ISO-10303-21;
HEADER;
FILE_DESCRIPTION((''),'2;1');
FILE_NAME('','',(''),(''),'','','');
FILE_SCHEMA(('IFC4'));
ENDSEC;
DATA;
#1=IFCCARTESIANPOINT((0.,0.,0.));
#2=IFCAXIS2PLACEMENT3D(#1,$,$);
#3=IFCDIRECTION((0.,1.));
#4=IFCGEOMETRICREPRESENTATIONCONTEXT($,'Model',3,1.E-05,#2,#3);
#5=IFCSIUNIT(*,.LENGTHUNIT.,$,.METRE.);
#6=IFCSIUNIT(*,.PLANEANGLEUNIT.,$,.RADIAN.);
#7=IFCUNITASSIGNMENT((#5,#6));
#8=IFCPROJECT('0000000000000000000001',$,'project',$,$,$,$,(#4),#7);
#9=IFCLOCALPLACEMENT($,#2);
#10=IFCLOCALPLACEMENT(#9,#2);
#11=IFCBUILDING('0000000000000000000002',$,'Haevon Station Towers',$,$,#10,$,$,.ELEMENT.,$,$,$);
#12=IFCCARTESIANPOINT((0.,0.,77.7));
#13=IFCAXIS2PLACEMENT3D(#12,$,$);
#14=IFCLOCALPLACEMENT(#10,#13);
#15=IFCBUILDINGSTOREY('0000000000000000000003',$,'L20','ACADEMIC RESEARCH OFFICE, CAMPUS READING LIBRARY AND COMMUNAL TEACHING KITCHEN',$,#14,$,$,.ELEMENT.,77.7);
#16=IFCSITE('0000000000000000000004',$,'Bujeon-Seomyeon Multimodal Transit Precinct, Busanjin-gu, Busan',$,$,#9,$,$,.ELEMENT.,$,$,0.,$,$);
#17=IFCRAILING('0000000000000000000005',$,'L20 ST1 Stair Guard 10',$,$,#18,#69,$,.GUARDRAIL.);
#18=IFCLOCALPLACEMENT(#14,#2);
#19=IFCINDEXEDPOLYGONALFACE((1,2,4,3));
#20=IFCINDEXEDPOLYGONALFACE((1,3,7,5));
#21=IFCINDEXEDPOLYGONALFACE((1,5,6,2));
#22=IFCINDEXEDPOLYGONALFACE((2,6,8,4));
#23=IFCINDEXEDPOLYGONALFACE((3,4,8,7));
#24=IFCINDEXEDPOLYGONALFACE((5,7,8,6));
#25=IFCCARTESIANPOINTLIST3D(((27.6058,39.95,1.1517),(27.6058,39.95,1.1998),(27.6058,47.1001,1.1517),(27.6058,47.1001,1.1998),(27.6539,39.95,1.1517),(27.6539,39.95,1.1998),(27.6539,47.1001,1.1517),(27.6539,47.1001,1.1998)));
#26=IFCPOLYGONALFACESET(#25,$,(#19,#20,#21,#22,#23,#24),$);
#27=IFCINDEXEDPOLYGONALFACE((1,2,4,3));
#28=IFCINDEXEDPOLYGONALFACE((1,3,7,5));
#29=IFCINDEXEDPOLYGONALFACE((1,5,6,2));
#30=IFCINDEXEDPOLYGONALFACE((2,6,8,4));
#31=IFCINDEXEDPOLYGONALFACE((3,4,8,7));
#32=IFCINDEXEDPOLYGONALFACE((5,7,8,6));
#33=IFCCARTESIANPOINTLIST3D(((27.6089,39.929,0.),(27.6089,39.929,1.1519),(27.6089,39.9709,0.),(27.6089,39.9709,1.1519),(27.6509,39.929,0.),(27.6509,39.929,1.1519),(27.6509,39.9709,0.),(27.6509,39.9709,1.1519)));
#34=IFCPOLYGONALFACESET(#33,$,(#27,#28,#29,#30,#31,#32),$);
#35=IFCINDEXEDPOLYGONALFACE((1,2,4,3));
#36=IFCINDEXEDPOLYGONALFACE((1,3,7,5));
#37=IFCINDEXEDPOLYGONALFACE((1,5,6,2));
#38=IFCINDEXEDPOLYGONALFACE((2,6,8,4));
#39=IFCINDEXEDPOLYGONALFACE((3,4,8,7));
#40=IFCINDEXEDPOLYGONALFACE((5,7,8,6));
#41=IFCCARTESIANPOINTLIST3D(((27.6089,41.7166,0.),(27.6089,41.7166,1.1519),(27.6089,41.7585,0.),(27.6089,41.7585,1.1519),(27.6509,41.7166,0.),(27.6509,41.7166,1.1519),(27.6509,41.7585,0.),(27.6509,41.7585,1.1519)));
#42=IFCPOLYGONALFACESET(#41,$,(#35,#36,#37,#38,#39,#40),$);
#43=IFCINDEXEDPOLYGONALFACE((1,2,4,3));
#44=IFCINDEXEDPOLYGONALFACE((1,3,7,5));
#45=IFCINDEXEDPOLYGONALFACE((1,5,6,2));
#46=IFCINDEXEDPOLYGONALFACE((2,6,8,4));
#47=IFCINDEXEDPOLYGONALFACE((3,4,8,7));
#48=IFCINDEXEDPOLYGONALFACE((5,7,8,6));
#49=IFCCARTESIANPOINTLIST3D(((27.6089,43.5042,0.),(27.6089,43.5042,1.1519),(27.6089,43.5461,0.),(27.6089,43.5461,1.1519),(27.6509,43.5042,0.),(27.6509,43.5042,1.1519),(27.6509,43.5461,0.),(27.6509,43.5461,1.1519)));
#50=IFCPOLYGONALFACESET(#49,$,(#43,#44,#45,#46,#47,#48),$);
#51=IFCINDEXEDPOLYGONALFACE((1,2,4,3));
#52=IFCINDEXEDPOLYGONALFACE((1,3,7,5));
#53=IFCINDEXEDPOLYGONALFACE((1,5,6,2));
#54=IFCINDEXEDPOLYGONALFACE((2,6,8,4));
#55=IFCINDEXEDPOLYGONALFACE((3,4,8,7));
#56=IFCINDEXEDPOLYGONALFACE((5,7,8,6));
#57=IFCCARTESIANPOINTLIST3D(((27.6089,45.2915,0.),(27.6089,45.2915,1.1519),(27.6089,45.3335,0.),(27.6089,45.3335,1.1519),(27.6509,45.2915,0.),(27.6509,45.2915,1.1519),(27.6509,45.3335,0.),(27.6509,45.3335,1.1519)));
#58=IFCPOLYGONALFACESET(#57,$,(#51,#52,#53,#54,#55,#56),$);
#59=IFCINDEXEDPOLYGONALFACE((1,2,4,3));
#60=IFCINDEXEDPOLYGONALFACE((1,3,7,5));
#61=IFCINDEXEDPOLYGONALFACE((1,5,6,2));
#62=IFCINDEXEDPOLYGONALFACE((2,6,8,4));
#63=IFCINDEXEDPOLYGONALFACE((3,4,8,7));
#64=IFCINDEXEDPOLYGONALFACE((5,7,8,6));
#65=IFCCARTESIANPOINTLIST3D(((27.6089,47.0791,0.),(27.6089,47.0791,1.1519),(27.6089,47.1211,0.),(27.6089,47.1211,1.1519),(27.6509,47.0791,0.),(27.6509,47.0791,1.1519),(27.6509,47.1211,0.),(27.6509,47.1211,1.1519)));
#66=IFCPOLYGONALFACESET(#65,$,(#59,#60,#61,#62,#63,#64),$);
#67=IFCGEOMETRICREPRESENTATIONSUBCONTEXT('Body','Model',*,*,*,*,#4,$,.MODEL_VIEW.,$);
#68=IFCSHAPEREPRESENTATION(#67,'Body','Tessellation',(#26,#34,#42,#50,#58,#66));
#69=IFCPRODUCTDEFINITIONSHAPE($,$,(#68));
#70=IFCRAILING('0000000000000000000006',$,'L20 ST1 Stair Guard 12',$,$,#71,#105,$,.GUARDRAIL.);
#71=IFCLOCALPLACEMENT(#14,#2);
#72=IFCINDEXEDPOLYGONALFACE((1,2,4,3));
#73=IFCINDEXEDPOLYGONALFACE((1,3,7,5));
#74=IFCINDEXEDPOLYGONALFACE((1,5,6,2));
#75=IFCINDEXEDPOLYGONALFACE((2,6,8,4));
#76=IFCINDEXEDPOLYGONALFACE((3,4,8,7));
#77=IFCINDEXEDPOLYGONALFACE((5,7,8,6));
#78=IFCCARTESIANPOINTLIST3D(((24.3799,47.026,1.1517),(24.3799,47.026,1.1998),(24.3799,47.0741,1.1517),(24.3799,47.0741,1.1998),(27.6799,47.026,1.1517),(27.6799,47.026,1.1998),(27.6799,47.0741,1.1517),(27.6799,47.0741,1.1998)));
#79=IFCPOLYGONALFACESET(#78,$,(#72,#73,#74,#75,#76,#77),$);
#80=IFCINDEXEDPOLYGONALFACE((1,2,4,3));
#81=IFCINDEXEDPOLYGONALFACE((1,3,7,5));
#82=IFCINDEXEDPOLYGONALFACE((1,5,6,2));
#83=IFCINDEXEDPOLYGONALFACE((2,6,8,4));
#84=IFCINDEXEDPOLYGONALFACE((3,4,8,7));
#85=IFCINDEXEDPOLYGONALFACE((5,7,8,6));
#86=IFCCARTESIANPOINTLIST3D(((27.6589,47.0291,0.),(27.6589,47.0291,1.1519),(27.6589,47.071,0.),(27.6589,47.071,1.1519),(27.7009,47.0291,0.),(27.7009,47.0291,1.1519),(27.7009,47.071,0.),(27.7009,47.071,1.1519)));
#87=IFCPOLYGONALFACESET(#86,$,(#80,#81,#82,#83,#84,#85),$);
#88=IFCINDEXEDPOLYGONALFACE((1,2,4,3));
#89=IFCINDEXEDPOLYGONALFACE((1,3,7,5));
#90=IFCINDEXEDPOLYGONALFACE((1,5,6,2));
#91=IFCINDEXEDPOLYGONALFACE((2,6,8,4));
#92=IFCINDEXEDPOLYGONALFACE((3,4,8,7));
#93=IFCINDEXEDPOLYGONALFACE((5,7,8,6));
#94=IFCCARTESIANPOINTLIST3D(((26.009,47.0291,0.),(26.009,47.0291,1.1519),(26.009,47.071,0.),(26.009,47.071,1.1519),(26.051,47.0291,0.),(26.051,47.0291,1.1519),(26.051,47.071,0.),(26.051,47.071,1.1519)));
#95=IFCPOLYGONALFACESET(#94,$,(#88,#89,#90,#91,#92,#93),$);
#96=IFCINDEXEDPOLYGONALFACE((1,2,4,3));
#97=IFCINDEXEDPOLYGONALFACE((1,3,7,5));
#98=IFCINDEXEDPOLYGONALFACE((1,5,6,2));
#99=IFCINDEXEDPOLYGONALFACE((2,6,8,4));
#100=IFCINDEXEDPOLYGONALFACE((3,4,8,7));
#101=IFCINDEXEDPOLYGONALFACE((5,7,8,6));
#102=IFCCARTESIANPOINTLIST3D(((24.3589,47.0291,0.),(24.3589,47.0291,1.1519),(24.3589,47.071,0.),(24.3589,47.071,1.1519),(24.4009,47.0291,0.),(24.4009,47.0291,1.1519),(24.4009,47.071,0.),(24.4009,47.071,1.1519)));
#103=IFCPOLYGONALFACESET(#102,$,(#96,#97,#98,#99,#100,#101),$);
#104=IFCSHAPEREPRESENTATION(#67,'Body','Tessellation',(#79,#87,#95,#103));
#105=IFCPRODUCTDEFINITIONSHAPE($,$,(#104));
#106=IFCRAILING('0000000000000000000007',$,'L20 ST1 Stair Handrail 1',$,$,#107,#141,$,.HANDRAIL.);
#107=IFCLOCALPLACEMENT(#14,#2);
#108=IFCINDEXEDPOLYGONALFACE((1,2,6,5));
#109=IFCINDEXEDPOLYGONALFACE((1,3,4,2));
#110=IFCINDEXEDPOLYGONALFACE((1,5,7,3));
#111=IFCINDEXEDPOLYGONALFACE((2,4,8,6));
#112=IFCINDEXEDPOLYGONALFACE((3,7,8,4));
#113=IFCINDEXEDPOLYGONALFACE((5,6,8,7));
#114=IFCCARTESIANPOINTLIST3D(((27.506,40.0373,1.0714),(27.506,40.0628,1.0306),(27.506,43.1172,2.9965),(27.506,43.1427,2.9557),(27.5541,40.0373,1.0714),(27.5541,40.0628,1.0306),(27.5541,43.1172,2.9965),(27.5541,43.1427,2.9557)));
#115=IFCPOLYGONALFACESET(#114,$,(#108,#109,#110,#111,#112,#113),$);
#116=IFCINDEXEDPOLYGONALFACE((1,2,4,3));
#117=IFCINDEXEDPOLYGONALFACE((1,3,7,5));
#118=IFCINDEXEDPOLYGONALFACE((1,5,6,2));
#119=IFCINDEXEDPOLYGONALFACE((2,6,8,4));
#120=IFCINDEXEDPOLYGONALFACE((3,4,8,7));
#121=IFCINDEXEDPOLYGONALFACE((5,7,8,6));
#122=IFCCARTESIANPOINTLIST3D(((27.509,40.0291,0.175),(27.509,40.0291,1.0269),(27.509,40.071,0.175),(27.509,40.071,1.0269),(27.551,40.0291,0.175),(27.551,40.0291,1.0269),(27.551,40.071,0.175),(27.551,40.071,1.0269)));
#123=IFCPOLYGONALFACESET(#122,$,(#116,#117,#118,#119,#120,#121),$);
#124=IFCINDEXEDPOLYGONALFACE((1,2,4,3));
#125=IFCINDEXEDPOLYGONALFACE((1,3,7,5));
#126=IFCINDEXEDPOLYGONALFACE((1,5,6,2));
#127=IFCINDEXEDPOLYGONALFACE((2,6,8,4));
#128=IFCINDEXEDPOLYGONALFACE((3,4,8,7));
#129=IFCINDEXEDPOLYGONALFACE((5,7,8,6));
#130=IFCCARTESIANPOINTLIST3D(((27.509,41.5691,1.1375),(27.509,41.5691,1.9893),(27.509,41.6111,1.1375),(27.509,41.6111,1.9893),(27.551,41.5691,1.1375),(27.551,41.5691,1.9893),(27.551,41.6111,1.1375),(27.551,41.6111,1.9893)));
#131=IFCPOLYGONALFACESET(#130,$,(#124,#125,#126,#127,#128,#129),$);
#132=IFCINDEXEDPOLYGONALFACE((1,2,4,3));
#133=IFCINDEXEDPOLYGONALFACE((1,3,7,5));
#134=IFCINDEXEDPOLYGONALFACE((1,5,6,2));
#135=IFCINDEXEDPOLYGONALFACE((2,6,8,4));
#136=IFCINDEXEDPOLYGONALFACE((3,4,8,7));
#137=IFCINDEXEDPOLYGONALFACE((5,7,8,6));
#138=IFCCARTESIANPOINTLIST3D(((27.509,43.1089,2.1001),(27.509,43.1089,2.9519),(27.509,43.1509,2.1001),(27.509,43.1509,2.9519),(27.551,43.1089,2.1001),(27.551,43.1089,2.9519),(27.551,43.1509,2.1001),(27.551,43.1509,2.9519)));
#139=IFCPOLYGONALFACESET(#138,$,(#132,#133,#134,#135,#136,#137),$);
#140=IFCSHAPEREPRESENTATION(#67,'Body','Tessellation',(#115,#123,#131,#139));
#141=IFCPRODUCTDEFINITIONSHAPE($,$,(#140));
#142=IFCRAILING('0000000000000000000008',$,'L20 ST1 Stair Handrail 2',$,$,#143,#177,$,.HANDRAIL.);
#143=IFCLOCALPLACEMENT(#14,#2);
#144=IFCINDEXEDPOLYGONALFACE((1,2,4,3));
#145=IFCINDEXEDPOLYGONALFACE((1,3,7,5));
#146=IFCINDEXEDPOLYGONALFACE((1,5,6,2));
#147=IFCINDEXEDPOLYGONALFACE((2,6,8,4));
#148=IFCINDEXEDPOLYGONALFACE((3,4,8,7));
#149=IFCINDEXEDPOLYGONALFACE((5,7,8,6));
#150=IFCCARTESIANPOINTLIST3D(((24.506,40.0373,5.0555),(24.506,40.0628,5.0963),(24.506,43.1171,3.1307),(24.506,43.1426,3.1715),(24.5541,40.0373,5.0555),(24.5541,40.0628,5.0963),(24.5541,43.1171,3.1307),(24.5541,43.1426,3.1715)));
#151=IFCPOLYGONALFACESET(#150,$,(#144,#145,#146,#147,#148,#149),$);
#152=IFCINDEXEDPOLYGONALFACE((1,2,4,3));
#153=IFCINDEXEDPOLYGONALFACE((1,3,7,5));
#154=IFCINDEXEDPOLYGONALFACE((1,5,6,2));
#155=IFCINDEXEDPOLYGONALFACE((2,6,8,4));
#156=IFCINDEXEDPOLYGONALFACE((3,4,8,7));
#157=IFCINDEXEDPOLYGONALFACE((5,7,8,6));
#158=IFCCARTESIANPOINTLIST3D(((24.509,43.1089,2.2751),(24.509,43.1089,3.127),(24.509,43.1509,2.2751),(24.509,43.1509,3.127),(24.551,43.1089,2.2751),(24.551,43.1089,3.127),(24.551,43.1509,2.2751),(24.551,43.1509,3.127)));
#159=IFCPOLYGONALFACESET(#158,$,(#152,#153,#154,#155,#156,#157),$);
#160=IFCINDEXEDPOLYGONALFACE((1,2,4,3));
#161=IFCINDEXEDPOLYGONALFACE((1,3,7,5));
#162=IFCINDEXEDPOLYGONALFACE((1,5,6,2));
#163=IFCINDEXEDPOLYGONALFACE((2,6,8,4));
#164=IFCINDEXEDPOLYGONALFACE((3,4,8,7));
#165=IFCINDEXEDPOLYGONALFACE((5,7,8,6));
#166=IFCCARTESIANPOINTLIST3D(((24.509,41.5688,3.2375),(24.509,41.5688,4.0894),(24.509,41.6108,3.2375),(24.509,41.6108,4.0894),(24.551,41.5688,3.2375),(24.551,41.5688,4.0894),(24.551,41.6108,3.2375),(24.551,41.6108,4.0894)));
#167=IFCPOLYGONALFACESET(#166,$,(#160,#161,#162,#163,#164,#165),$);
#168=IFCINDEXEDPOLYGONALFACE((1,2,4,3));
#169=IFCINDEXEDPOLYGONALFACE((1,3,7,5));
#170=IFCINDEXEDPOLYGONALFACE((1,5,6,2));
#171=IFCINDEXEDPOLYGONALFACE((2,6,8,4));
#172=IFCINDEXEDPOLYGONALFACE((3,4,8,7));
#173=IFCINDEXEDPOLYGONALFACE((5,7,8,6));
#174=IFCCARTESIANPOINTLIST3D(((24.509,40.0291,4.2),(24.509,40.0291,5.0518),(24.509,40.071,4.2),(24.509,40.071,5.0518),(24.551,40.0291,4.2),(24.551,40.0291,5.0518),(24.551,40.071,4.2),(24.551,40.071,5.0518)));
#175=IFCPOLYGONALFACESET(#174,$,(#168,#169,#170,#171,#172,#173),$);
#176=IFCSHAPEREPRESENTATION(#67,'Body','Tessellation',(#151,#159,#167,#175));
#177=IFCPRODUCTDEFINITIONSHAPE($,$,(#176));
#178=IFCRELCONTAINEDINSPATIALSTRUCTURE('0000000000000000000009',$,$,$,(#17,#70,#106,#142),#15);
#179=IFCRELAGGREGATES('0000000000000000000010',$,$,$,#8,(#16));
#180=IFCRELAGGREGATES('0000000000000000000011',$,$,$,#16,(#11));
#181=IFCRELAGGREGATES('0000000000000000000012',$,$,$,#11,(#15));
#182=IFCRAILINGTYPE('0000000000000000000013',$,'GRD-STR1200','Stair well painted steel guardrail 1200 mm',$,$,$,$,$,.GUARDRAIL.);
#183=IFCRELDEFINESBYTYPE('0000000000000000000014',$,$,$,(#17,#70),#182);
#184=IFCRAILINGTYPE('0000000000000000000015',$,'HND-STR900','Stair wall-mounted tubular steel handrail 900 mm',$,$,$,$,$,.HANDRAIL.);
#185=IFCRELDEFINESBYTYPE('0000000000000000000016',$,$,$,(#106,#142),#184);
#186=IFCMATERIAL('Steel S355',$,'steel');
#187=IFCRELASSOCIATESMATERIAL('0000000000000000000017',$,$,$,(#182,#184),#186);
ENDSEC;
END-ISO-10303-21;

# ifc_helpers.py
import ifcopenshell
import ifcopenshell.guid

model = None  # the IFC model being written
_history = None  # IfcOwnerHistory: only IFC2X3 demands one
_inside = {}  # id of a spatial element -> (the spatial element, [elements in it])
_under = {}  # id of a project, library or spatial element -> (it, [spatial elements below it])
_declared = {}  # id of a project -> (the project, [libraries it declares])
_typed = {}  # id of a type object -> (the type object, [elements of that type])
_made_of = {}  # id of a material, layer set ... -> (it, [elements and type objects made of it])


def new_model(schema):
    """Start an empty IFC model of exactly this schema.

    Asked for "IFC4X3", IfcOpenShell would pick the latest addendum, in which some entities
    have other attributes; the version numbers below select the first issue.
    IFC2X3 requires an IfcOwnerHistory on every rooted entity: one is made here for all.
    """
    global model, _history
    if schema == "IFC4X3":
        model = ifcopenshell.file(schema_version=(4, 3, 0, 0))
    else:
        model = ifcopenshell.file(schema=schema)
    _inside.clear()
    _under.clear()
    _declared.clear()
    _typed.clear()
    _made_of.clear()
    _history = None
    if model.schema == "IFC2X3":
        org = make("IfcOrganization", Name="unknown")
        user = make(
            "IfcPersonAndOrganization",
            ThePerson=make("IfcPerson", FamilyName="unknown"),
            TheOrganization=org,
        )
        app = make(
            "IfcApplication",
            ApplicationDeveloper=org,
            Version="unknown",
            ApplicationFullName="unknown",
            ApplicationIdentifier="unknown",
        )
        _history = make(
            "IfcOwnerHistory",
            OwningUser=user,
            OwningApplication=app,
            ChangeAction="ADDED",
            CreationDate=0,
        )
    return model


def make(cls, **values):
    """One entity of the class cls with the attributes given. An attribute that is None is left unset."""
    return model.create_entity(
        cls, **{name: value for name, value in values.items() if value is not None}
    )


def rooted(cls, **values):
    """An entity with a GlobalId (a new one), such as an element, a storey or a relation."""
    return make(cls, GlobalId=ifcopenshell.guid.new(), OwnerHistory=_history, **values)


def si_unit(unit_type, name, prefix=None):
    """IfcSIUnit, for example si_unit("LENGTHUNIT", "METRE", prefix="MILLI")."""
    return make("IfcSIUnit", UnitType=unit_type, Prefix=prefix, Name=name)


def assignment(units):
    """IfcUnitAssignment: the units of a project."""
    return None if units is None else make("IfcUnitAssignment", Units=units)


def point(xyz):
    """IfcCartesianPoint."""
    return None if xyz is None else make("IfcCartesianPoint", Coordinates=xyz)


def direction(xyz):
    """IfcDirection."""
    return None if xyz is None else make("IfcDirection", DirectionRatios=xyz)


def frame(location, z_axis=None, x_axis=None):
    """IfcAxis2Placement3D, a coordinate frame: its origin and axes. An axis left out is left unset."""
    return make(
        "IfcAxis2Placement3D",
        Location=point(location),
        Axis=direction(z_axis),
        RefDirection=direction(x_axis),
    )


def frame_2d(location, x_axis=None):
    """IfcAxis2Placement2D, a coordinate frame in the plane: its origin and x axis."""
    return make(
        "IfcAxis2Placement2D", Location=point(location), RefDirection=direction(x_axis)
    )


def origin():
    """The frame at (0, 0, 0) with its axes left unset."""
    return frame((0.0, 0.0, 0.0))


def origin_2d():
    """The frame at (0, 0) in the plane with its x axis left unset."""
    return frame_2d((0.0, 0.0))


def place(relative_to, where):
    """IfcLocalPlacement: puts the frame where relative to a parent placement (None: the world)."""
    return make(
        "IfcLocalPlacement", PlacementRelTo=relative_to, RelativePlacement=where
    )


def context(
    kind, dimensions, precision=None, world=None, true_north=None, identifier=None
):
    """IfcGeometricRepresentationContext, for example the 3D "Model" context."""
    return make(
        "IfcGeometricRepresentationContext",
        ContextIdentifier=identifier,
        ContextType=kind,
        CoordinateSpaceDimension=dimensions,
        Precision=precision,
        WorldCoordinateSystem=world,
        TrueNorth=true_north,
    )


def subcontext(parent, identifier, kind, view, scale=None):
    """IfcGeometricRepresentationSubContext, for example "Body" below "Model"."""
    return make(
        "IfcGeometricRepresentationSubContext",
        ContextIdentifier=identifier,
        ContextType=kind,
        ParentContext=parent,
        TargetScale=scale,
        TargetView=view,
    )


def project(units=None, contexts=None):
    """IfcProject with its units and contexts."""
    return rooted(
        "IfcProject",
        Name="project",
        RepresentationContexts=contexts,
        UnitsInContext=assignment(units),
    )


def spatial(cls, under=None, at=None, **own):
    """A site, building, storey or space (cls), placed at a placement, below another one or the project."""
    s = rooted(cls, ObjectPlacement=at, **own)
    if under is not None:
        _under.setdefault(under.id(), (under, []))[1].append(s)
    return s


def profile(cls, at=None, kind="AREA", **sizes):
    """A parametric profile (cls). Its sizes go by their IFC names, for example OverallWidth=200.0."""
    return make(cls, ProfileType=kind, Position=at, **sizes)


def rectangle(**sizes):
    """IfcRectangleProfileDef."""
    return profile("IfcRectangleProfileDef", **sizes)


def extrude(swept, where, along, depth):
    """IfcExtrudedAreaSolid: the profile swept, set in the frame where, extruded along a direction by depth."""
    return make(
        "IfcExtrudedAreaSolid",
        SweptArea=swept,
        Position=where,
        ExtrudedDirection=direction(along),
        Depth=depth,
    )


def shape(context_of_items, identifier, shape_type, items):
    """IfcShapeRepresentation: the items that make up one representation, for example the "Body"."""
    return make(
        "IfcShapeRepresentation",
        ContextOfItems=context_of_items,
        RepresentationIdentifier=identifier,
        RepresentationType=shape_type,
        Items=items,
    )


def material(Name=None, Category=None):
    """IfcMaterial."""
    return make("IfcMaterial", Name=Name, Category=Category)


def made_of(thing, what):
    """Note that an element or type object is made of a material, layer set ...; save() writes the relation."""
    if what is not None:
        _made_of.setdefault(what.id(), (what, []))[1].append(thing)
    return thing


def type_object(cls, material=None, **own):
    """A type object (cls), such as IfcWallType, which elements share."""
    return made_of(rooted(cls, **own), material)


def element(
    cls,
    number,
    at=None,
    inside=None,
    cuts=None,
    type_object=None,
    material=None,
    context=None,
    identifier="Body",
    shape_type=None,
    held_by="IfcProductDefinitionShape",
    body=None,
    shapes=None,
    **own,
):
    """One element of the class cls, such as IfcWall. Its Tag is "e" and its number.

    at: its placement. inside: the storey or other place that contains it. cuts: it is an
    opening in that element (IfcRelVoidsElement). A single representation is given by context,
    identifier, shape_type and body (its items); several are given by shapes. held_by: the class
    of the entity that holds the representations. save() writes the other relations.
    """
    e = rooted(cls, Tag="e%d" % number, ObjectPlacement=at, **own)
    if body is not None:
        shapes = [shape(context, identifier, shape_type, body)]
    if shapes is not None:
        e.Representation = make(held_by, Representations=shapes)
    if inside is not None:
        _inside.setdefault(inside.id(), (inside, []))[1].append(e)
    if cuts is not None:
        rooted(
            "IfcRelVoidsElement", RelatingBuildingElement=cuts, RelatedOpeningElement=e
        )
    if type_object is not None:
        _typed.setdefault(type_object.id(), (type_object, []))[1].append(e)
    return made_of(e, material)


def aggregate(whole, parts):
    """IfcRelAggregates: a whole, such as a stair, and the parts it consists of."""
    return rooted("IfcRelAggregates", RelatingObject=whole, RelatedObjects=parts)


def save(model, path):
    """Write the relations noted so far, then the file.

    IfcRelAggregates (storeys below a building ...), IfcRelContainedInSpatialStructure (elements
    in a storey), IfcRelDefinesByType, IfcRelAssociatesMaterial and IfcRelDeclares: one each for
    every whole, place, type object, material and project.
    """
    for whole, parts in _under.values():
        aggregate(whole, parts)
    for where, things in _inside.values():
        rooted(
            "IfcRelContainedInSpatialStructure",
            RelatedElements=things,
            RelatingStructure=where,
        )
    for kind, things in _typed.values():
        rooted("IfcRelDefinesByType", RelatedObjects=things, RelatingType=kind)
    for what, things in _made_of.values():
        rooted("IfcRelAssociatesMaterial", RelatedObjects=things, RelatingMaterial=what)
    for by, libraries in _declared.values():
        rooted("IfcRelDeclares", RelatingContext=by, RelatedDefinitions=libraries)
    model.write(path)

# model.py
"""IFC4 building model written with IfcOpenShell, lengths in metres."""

from ifc_helpers import new_model, si_unit, direction, frame, origin, origin_2d, place, context, subcontext, project, spatial, rectangle, extrude, material, type_object, element, save


model = new_model("IFC4")

# Units and contexts
model_context = context("Model", 3, precision=1e-05, world=origin(), true_north=direction((0.0, 1.0)))
body_context = subcontext(model_context, "Body", "Model", "MODEL_VIEW")
ifc_project = project(units=[si_unit("LENGTHUNIT", "METRE"), si_unit("PLANEANGLEUNIT", "RADIAN")], contexts=[model_context])

# Site, building, storey
site_placement = place(None, origin())
site = spatial("IfcSite", under=ifc_project, at=site_placement, Name="Bujeon-Seomyeon Multimodal Transit Precinct, Busanjin-gu, Busan", CompositionType="ELEMENT", RefElevation=0.0)
building_placement = place(site_placement, origin())
building = spatial("IfcBuilding", under=site, at=building_placement, Name="Haevon Station Towers", CompositionType="ELEMENT")
storey_placement = place(building_placement, frame((0.0, 0.0, 77.7)))
storey = spatial("IfcBuildingStorey", under=building, at=storey_placement, Name="L20", Description="ACADEMIC RESEARCH OFFICE, CAMPUS READING LIBRARY AND COMMUNAL TEACHING KITCHEN", CompositionType="ELEMENT", Elevation=77.7)

# Shared definitions
ifc_material_1 = material(Name="Steel S355", Category="steel")

# Railings
railing_type_1 = type_object("IfcRailingType", Name="GRD-STR1200", Description="Stair well painted steel guardrail 1200 mm", PredefinedType="GUARDRAIL", material=ifc_material_1)
railing_1_placement = place(storey_placement, frame((27.6299, 39.95, 0.0)))
element("IfcRailing", 1, at=railing_1_placement, inside=storey, type_object=railing_type_1, Name="L20 ST1 Stair Guard 10", PredefinedType="GUARDRAIL", context=body_context, shape_type="SweptSolid", body=[
    extrude(rectangle(XDim=0.0481, YDim=0.0481, at=origin_2d()), frame((0.0, 0.0, 1.1758), z_axis=(0.0, 1.0, 0.0), x_axis=(-1.0, 0.0, 0.0)), (0.0, 0.0, 1.0), 7.1501),
    extrude(rectangle(XDim=0.042, YDim=0.042, at=origin_2d()), origin(), (0.0, 0.0, 1.0), 1.1519),
    extrude(rectangle(XDim=0.042, YDim=0.042, at=origin_2d()), frame((0.0, 1.7876, 0.0)), (0.0, 0.0, 1.0), 1.1519),
    extrude(rectangle(XDim=0.042, YDim=0.042, at=origin_2d()), frame((0.0, 3.5752, 0.0)), (0.0, 0.0, 1.0), 1.1519),
    extrude(rectangle(XDim=0.042, YDim=0.042, at=origin_2d()), frame((0.0, 5.3625, 0.0)), (0.0, 0.0, 1.0), 1.1519),
    extrude(rectangle(XDim=0.042, YDim=0.042, at=origin_2d()), frame((0.0, 7.1501, 0.0)), (0.0, 0.0, 1.0), 1.1519),
])
railing_2_placement = place(storey_placement, frame((27.6799, 47.05, 0.0)))
element("IfcRailing", 2, at=railing_2_placement, inside=storey, type_object=railing_type_1, Name="L20 ST1 Stair Guard 12", PredefinedType="GUARDRAIL", context=body_context, shape_type="SweptSolid", body=[
    extrude(rectangle(XDim=0.0481, YDim=0.0481, at=origin_2d()), frame((0.0, 0.0, 1.1758), z_axis=(-1.0, 0.0, 0.0), x_axis=(0.0, -1.0, 0.0)), (0.0, 0.0, 1.0), 3.3),
    extrude(rectangle(XDim=0.042, YDim=0.042, at=origin_2d()), origin(), (0.0, 0.0, 1.0), 1.1519),
    extrude(rectangle(XDim=0.042, YDim=0.042, at=origin_2d()), frame((-1.6499, 0.0, 0.0)), (0.0, 0.0, 1.0), 1.1519),
    extrude(rectangle(XDim=0.042, YDim=0.042, at=origin_2d()), frame((-3.3, 0.0, 0.0)), (0.0, 0.0, 1.0), 1.1519),
])
railing_type_2 = type_object("IfcRailingType", Name="HND-STR900", Description="Stair wall-mounted tubular steel handrail 900 mm", PredefinedType="HANDRAIL", material=ifc_material_1)
railing_3_placement = place(storey_placement, frame((27.53, 40.05, 0.175)))
element("IfcRailing", 3, at=railing_3_placement, inside=storey, type_object=railing_type_2, Name="L20 ST1 Stair Handrail 1", PredefinedType="HANDRAIL", context=body_context, shape_type="SweptSolid", body=[
    extrude(rectangle(XDim=0.0481, YDim=0.0481, at=origin_2d()), frame((0.0, 0.0, 0.876), z_axis=(0.0, 0.847979, 0.530029), x_axis=(-1.0, 0.0, 0.0)), (0.0, 0.0, 1.0), 3.6321),
    extrude(rectangle(XDim=0.042, YDim=0.042, at=origin_2d()), origin(), (0.0, 0.0, 1.0), 0.8518),
    extrude(rectangle(XDim=0.042, YDim=0.042, at=origin_2d()), frame((0.0, 1.54, 0.9624)), (0.0, 0.0, 1.0), 0.8518),
    extrude(rectangle(XDim=0.042, YDim=0.042, at=origin_2d()), frame((0.0, 3.0798, 1.925)), (0.0, 0.0, 1.0), 0.8518),
])
railing_4_placement = place(storey_placement, frame((24.53, 43.1299, 2.2751)))
element("IfcRailing", 4, at=railing_4_placement, inside=storey, type_object=railing_type_2, Name="L20 ST1 Stair Handrail 2", PredefinedType="HANDRAIL", context=body_context, shape_type="SweptSolid", body=[
    extrude(rectangle(XDim=0.0481, YDim=0.0481, at=origin_2d()), frame((0.0, 0.0, 0.876), z_axis=(0.0, -0.84801, 0.529981), x_axis=(1.0, 0.0, 0.0)), (0.0, 0.0, 1.0), 3.6318),
    extrude(rectangle(XDim=0.042, YDim=0.042, at=origin_2d()), origin(), (0.0, 0.0, 1.0), 0.8518),
    extrude(rectangle(XDim=0.042, YDim=0.042, at=origin_2d()), frame((0.0, -1.54, 0.9624)), (0.0, 0.0, 1.0), 0.8518),
    extrude(rectangle(XDim=0.042, YDim=0.042, at=origin_2d()), frame((0.0, -3.0798, 1.9248)), (0.0, 0.0, 1.0), 0.8518),
])

save(model, "model.ifc")
